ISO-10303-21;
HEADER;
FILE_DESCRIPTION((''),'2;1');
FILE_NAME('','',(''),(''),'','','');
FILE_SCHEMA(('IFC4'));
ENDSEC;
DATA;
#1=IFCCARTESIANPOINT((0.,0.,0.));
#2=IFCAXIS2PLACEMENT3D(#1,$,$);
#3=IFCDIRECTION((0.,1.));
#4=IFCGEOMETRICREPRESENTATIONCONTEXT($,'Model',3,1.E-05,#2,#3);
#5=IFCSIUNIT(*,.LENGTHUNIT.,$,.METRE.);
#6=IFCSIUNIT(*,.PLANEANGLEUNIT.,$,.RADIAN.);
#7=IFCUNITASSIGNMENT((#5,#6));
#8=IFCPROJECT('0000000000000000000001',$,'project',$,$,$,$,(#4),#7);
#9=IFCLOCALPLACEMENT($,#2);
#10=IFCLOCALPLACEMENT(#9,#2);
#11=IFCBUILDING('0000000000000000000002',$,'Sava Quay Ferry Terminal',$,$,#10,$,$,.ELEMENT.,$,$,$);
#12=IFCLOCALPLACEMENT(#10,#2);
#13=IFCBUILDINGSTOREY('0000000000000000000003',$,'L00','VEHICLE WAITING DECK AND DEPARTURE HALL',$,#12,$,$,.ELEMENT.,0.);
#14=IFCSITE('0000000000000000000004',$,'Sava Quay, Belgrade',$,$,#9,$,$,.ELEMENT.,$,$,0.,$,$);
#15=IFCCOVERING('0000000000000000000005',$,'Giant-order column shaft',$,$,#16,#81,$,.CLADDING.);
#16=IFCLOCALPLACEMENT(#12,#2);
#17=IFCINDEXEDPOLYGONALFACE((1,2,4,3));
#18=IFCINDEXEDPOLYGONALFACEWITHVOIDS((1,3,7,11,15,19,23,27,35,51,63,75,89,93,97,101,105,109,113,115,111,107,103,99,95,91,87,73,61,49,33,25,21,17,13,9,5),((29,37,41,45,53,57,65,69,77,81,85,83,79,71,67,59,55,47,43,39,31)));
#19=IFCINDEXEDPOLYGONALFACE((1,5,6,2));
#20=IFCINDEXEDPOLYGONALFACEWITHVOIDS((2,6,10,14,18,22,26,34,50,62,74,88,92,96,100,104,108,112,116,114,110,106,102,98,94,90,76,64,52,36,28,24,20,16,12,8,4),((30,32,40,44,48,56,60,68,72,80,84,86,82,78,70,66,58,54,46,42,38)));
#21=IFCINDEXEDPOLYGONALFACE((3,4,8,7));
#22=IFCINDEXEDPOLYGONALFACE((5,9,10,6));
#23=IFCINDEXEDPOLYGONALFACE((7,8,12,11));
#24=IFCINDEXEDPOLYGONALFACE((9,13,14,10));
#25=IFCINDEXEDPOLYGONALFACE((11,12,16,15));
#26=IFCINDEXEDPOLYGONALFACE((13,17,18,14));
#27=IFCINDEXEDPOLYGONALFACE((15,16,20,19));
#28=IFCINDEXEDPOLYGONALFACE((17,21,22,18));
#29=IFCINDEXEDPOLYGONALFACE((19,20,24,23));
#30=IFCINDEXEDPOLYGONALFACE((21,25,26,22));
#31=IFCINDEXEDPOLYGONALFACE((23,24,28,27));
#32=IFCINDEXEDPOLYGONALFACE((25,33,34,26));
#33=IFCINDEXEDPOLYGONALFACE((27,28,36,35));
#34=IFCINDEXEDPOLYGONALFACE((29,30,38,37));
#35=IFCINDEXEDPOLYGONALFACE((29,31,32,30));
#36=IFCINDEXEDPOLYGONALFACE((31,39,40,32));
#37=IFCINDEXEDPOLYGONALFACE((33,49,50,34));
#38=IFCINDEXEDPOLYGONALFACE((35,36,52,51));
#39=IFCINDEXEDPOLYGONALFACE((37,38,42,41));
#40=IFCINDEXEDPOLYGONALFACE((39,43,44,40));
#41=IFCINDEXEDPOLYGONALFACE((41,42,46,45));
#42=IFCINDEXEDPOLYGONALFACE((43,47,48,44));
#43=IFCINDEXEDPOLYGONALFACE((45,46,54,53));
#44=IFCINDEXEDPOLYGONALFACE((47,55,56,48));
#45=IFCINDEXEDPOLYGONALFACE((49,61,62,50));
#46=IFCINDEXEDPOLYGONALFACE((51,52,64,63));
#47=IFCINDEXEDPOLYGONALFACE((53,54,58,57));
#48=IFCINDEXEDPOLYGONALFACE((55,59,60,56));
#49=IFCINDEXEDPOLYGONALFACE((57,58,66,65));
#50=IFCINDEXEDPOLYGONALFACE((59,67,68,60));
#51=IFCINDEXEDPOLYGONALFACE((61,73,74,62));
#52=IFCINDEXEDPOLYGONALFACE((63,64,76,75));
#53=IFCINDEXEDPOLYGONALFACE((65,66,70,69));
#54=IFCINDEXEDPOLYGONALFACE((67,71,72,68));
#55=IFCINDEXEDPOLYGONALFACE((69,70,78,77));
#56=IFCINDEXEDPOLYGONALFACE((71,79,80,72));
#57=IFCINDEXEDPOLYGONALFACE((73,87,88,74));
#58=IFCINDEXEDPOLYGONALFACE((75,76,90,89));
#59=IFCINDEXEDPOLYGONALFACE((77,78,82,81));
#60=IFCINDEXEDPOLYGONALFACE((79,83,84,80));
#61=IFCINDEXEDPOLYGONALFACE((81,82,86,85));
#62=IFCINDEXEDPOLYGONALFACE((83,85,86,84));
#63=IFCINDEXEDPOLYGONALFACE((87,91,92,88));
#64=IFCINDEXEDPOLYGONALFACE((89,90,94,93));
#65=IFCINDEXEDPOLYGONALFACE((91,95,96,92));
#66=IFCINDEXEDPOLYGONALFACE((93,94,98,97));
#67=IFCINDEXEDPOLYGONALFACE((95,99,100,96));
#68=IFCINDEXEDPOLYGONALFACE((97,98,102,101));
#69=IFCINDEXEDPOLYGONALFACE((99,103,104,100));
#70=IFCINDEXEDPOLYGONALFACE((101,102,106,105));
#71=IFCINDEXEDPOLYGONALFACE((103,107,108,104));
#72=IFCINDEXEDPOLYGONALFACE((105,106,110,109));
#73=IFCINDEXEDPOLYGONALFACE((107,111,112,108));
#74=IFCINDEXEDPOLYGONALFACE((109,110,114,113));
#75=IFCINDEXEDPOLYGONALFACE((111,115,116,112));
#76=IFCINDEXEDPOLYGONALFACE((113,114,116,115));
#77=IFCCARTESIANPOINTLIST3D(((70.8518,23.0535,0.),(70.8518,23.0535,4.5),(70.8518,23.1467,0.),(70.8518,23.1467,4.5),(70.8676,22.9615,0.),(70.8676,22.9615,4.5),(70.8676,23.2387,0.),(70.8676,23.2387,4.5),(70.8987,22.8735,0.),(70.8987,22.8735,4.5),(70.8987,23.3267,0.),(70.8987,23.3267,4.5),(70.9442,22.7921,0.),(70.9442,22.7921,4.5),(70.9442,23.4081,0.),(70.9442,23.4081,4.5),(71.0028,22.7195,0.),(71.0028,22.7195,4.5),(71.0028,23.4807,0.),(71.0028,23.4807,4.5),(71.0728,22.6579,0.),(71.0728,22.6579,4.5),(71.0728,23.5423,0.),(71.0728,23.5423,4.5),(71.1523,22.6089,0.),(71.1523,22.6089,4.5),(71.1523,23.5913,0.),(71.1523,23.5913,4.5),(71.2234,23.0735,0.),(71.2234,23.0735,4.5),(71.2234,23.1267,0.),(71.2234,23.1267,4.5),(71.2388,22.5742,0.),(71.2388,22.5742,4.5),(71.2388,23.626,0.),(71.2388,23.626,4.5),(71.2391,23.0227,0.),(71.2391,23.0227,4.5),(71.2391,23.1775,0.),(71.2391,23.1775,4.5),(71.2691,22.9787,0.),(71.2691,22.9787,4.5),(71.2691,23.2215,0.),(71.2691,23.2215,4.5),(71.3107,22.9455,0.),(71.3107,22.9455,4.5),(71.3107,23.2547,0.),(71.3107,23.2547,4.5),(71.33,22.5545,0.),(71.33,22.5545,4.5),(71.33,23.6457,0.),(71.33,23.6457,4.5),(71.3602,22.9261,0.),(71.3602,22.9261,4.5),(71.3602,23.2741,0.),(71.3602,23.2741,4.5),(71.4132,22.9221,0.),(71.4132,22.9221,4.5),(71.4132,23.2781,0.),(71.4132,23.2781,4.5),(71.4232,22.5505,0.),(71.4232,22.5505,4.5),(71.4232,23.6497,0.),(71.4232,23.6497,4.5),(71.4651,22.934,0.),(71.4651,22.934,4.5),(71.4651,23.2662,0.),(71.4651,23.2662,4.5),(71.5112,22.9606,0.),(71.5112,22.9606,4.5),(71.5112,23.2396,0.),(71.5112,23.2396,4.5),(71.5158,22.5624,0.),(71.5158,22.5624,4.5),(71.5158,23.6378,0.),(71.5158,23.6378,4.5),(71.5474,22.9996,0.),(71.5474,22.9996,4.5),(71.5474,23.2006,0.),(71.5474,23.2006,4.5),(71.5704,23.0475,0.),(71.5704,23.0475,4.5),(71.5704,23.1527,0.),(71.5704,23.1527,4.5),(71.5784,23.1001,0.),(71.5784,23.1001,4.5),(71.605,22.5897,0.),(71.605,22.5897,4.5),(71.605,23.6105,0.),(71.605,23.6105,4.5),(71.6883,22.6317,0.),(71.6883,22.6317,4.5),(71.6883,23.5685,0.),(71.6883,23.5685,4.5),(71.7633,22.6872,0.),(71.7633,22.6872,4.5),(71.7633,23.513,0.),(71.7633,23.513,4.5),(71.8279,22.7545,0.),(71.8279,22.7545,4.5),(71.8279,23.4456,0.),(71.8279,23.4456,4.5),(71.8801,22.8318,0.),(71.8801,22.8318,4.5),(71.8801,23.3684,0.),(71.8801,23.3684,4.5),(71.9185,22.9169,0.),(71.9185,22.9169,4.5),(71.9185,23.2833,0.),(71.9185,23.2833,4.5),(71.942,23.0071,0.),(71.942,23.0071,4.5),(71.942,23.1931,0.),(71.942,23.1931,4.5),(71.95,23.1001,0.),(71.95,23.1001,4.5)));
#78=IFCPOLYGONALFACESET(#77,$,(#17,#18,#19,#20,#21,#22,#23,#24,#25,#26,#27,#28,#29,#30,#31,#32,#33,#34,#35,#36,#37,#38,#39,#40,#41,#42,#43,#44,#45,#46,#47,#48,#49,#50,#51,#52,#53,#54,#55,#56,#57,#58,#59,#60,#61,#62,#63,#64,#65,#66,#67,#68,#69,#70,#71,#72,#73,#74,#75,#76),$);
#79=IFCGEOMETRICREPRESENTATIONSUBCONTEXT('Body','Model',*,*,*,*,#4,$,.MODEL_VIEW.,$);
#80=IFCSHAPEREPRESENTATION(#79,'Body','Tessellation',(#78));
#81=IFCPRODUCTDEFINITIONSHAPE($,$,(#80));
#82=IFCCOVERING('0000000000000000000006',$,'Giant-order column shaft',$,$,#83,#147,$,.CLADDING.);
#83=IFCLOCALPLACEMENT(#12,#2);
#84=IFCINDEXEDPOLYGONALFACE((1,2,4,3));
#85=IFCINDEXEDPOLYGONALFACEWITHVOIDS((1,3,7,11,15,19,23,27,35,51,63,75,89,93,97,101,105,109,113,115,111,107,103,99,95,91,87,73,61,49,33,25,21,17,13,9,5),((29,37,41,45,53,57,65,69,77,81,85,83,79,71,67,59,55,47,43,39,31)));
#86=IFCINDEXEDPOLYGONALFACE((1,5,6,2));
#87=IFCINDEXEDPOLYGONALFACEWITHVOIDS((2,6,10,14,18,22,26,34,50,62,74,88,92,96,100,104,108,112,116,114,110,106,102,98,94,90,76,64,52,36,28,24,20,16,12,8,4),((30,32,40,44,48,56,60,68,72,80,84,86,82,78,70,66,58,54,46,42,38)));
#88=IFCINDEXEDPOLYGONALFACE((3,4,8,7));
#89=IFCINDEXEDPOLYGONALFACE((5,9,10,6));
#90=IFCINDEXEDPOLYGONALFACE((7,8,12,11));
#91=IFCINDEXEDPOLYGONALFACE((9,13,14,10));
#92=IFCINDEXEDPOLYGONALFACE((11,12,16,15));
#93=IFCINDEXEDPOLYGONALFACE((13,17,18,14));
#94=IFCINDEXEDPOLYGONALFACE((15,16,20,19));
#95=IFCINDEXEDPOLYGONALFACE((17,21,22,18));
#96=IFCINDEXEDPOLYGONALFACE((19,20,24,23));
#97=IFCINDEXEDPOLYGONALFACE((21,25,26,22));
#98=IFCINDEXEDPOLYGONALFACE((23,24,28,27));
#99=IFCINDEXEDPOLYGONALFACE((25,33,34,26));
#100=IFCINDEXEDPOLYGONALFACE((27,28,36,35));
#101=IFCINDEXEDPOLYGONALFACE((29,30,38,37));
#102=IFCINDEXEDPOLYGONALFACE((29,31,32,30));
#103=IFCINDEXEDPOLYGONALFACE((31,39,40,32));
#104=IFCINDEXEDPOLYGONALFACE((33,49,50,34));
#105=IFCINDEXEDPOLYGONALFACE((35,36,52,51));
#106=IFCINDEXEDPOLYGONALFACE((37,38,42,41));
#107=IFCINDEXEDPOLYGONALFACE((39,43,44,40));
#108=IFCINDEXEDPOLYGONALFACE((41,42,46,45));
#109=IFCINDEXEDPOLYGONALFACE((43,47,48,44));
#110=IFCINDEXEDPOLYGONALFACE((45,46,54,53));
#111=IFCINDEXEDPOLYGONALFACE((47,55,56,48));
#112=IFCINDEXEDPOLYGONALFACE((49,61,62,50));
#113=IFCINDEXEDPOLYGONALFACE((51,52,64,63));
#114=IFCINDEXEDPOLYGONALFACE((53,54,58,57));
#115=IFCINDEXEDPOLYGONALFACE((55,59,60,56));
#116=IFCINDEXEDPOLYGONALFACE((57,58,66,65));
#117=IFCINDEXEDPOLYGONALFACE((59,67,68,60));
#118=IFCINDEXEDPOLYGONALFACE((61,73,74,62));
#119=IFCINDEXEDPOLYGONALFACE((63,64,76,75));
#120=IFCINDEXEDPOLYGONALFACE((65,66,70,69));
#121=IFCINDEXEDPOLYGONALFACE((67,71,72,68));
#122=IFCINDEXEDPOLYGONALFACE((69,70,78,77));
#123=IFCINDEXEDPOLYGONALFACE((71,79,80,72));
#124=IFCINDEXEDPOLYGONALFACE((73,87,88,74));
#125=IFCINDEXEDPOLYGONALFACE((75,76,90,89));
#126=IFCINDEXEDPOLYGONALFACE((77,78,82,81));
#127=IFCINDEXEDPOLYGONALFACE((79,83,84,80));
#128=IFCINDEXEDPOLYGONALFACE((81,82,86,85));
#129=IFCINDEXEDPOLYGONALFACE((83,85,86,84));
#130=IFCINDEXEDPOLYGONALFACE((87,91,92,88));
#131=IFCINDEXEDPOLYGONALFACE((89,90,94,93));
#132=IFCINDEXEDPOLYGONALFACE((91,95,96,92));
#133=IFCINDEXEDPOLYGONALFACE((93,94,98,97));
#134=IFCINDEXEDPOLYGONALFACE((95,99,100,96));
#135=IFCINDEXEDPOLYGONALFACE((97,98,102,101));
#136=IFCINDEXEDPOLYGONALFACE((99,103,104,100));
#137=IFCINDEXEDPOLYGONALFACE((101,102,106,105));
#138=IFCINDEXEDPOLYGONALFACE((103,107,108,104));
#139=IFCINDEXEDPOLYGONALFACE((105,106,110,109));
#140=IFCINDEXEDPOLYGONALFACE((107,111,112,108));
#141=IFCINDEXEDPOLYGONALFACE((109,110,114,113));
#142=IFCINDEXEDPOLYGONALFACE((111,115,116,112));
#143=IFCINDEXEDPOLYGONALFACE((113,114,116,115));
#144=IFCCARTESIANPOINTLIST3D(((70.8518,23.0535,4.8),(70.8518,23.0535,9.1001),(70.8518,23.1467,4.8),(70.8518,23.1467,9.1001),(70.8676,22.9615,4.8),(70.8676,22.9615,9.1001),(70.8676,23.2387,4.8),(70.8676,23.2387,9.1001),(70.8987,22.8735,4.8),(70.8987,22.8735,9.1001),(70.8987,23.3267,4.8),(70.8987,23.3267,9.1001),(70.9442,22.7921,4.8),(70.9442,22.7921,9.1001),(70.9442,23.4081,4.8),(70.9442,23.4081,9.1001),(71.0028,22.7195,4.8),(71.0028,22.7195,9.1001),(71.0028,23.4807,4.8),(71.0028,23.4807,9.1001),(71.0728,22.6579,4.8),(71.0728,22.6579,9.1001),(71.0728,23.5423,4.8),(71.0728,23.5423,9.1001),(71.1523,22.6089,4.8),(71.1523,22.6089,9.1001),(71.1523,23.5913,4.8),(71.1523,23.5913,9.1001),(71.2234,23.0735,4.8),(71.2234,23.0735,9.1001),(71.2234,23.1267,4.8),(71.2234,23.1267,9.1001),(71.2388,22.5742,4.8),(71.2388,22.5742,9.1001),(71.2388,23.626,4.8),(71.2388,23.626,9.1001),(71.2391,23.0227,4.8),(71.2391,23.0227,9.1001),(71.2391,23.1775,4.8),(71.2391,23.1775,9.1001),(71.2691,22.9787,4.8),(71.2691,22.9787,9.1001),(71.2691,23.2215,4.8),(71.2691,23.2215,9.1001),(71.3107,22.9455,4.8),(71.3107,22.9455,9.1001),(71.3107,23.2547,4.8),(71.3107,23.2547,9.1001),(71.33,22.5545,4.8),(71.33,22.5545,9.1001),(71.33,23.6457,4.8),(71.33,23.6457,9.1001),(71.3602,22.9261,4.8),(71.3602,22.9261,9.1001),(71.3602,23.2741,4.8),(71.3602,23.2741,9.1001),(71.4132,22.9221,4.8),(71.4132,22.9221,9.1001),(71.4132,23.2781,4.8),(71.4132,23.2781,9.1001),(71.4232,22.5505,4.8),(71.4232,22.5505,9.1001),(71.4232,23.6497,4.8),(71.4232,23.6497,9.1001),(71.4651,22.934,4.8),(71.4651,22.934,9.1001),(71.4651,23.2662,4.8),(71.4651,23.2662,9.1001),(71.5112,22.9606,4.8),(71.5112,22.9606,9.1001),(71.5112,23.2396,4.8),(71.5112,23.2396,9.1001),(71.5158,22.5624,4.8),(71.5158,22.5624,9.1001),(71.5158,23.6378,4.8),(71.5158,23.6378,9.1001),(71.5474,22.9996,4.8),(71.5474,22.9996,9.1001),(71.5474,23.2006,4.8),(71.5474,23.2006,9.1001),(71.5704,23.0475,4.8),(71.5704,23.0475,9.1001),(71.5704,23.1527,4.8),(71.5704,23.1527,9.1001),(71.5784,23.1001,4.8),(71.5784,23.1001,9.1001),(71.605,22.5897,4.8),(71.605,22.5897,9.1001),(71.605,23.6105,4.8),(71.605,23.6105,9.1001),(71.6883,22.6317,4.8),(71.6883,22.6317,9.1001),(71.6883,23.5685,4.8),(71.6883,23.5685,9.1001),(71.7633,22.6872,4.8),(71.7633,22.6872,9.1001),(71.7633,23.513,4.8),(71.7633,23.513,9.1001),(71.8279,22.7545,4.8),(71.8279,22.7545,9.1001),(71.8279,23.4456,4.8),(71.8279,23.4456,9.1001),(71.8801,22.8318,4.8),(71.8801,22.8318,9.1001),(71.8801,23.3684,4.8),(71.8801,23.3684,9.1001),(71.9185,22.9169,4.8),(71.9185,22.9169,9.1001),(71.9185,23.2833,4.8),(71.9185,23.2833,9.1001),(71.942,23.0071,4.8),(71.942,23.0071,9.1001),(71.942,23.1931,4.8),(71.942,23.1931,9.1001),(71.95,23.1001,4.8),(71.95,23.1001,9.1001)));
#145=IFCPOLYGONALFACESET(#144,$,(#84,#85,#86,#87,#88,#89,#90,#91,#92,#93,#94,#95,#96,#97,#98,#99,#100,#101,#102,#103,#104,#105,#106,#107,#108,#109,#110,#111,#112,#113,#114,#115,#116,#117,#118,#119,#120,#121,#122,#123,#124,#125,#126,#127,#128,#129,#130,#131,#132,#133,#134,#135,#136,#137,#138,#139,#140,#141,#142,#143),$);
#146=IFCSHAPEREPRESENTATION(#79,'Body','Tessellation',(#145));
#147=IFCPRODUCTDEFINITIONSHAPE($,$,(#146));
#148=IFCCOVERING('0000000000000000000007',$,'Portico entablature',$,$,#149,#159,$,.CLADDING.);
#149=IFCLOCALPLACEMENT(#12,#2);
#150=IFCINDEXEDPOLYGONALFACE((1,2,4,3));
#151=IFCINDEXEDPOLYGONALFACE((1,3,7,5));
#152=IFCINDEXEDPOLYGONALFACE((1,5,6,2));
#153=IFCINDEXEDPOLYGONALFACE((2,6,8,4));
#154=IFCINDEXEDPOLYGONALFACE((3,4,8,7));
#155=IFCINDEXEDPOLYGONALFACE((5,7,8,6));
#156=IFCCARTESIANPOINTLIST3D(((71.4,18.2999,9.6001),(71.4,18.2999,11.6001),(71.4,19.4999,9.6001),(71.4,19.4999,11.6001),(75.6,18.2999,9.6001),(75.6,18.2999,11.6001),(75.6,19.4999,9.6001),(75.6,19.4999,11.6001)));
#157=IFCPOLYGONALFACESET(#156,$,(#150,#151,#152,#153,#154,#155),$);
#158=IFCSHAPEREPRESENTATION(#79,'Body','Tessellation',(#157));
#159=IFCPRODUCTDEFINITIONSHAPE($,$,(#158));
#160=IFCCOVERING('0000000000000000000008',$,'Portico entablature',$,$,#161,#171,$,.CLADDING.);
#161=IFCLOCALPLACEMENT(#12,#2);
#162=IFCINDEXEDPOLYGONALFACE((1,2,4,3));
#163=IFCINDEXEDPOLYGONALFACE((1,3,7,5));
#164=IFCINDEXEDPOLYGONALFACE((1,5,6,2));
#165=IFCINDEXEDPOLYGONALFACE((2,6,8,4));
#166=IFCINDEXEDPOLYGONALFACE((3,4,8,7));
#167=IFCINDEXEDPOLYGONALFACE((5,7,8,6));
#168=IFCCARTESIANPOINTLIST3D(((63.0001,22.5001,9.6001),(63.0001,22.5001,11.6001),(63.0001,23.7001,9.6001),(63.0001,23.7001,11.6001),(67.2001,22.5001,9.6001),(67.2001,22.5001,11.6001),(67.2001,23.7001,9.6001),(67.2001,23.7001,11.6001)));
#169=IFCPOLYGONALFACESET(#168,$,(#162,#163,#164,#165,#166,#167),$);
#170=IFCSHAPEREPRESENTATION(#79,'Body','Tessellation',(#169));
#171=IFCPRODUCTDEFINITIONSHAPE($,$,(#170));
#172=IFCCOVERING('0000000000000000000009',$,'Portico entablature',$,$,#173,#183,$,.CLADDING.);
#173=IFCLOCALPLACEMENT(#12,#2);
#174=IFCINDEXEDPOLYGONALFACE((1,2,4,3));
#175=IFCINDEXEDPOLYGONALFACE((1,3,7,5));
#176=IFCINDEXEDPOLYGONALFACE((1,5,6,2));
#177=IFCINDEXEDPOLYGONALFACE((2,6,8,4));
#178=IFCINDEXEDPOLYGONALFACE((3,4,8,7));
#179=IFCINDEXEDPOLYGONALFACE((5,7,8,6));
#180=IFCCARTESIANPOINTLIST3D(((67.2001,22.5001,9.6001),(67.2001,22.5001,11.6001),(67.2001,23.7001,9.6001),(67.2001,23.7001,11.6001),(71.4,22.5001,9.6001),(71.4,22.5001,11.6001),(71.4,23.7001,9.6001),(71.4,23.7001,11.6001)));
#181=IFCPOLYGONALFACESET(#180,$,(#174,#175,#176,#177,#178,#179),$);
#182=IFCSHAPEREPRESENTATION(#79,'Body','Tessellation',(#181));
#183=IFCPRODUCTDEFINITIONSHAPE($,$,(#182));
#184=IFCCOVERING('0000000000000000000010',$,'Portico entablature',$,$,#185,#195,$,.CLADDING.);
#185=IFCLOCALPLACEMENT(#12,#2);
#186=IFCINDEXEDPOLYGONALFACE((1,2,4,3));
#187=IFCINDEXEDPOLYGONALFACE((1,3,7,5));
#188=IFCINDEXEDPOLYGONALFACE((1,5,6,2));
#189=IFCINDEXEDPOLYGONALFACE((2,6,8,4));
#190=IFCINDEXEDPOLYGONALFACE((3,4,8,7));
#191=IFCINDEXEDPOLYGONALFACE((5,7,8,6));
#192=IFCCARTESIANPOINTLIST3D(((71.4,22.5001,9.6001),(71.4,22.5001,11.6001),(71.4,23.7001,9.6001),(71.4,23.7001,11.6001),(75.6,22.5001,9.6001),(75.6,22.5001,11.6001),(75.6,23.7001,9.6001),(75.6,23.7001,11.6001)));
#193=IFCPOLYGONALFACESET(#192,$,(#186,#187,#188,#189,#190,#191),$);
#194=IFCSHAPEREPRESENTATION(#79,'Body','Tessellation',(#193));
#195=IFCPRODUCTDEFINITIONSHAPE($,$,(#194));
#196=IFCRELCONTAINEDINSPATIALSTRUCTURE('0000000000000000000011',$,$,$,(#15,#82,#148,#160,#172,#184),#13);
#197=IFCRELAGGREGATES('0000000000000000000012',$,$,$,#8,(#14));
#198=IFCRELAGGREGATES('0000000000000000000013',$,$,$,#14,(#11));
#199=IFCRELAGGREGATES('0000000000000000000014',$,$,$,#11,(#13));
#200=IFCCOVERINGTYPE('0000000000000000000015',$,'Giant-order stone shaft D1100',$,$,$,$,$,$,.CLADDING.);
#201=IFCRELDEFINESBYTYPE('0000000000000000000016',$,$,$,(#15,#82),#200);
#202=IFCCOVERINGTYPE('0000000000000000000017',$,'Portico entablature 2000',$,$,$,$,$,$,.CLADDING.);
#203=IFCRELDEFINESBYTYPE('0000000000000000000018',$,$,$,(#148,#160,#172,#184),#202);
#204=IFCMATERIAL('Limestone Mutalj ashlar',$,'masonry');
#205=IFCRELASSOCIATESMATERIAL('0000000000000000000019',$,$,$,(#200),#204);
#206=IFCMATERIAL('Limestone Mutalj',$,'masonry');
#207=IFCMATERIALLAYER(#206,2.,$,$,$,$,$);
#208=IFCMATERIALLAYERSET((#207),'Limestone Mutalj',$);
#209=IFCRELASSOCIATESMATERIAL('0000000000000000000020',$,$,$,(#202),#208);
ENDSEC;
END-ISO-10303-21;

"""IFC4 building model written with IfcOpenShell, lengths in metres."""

from ifc_helpers import new_model, si_unit, direction, frame, origin, origin_2d, place, context, subcontext, project, spatial, rectangle, hollow_circle, extrude, material, layer, layer_set, material_profile, profile_set, type_object, element, save


model = new_model("IFC4")

# Units and contexts
model_context = context("Model", 3, precision=1e-05, world=origin(), true_north=direction((0.0, 1.0)))
body_context = subcontext(model_context, "Body", "Model", "MODEL_VIEW")
ifc_project = project(units=[si_unit("LENGTHUNIT", "METRE"), si_unit("PLANEANGLEUNIT", "RADIAN")], contexts=[model_context])

# Site, building, storey
site_placement = place(None, origin())
site = spatial("IfcSite", under=ifc_project, at=site_placement, Name="Sava Quay, Belgrade", CompositionType="ELEMENT", RefElevation=0.0)
building_placement = place(site_placement, origin())
building = spatial("IfcBuilding", under=site, at=building_placement, Name="Sava Quay Ferry Terminal", CompositionType="ELEMENT")
storey_placement = place(building_placement, origin())
storey = spatial("IfcBuildingStorey", under=building, at=storey_placement, Name="L00", Description="VEHICLE WAITING DECK AND DEPARTURE HALL", CompositionType="ELEMENT", Elevation=0.0)

# Coverings
ifc_material_1 = material(Name="Limestone Mutalj ashlar", Category="masonry")
ifc_material_profile_1 = material_profile(ifc_material_1, hollow_circle(Radius=0.55, WallThickness=0.3716, at=origin_2d()), Name="Stone shaft D1100")
ifc_profile_set_1 = profile_set([ifc_material_profile_1], Name="Limestone Mutalj ashlar")
covering_type_1 = type_object("IfcCoveringType", Name="Giant-order stone shaft D1100", PredefinedType="CLADDING", material=ifc_profile_set_1)
covering_1_placement = place(storey_placement, frame((71.3999, 23.1001, 0.0), z_axis=(0.0, 0.0, 1.0), x_axis=(1.0, 0.0, 0.0)))
element("IfcCovering", 1, at=covering_1_placement, inside=storey, type_object=covering_type_1, Name="Giant-order column shaft", PredefinedType="CLADDING", context=body_context, shape_type="SweptSolid", body=[
    extrude(hollow_circle(Radius=0.55, WallThickness=0.3716, at=origin_2d()), origin(), (0.0, 0.0, 1.0), 4.5),
])
covering_2_placement = place(storey_placement, frame((71.3999, 23.1001, 4.8), z_axis=(0.0, 0.0, 1.0), x_axis=(1.0, 0.0, 0.0)))
element("IfcCovering", 2, at=covering_2_placement, inside=storey, type_object=covering_type_1, Name="Giant-order column shaft", PredefinedType="CLADDING", context=body_context, shape_type="SweptSolid", body=[
    extrude(hollow_circle(Radius=0.55, WallThickness=0.3716, at=origin_2d()), origin(), (0.0, 0.0, 1.0), 4.3),
])
ifc_material_2 = material(Name="Limestone Mutalj", Category="masonry")
ifc_layer_1 = layer(ifc_material_2, 2.0)
ifc_layer_set_1 = layer_set([ifc_layer_1], Name="Limestone Mutalj")
covering_type_2 = type_object("IfcCoveringType", Name="Portico entablature 2000", PredefinedType="CLADDING", material=ifc_layer_set_1)
for number, where, z_axis, x_axis, name in (
    (3, (73.5, 18.8999, 9.6001), (0.0, 0.0, 1.0), (1.0, 0.0, 0.0), "Portico entablature"),
    (4, (65.1001, 23.1001, 9.6001), (0.0, 0.0, 1.0), (1.0, 0.0, 0.0), "Portico entablature"),
    (5, (69.3, 23.1001, 9.6001), (0.0, 0.0, 1.0), (1.0, 0.0, 0.0), "Portico entablature"),
    (6, (73.5, 23.1001, 9.6001), (0.0, 0.0, 1.0), (1.0, 0.0, 0.0), "Portico entablature"),
):
    element("IfcCovering", number, at=place(storey_placement, frame(where, z_axis=z_axis, x_axis=x_axis)), inside=storey, type_object=covering_type_2, Name=name, PredefinedType="CLADDING", context=body_context, shape_type="SweptSolid", body=[
        extrude(rectangle(XDim=4.2, YDim=1.2, at=origin_2d()), origin(), (0.0, 0.0, 1.0), 2.0),
    ])

save(model, "model.ifc")
